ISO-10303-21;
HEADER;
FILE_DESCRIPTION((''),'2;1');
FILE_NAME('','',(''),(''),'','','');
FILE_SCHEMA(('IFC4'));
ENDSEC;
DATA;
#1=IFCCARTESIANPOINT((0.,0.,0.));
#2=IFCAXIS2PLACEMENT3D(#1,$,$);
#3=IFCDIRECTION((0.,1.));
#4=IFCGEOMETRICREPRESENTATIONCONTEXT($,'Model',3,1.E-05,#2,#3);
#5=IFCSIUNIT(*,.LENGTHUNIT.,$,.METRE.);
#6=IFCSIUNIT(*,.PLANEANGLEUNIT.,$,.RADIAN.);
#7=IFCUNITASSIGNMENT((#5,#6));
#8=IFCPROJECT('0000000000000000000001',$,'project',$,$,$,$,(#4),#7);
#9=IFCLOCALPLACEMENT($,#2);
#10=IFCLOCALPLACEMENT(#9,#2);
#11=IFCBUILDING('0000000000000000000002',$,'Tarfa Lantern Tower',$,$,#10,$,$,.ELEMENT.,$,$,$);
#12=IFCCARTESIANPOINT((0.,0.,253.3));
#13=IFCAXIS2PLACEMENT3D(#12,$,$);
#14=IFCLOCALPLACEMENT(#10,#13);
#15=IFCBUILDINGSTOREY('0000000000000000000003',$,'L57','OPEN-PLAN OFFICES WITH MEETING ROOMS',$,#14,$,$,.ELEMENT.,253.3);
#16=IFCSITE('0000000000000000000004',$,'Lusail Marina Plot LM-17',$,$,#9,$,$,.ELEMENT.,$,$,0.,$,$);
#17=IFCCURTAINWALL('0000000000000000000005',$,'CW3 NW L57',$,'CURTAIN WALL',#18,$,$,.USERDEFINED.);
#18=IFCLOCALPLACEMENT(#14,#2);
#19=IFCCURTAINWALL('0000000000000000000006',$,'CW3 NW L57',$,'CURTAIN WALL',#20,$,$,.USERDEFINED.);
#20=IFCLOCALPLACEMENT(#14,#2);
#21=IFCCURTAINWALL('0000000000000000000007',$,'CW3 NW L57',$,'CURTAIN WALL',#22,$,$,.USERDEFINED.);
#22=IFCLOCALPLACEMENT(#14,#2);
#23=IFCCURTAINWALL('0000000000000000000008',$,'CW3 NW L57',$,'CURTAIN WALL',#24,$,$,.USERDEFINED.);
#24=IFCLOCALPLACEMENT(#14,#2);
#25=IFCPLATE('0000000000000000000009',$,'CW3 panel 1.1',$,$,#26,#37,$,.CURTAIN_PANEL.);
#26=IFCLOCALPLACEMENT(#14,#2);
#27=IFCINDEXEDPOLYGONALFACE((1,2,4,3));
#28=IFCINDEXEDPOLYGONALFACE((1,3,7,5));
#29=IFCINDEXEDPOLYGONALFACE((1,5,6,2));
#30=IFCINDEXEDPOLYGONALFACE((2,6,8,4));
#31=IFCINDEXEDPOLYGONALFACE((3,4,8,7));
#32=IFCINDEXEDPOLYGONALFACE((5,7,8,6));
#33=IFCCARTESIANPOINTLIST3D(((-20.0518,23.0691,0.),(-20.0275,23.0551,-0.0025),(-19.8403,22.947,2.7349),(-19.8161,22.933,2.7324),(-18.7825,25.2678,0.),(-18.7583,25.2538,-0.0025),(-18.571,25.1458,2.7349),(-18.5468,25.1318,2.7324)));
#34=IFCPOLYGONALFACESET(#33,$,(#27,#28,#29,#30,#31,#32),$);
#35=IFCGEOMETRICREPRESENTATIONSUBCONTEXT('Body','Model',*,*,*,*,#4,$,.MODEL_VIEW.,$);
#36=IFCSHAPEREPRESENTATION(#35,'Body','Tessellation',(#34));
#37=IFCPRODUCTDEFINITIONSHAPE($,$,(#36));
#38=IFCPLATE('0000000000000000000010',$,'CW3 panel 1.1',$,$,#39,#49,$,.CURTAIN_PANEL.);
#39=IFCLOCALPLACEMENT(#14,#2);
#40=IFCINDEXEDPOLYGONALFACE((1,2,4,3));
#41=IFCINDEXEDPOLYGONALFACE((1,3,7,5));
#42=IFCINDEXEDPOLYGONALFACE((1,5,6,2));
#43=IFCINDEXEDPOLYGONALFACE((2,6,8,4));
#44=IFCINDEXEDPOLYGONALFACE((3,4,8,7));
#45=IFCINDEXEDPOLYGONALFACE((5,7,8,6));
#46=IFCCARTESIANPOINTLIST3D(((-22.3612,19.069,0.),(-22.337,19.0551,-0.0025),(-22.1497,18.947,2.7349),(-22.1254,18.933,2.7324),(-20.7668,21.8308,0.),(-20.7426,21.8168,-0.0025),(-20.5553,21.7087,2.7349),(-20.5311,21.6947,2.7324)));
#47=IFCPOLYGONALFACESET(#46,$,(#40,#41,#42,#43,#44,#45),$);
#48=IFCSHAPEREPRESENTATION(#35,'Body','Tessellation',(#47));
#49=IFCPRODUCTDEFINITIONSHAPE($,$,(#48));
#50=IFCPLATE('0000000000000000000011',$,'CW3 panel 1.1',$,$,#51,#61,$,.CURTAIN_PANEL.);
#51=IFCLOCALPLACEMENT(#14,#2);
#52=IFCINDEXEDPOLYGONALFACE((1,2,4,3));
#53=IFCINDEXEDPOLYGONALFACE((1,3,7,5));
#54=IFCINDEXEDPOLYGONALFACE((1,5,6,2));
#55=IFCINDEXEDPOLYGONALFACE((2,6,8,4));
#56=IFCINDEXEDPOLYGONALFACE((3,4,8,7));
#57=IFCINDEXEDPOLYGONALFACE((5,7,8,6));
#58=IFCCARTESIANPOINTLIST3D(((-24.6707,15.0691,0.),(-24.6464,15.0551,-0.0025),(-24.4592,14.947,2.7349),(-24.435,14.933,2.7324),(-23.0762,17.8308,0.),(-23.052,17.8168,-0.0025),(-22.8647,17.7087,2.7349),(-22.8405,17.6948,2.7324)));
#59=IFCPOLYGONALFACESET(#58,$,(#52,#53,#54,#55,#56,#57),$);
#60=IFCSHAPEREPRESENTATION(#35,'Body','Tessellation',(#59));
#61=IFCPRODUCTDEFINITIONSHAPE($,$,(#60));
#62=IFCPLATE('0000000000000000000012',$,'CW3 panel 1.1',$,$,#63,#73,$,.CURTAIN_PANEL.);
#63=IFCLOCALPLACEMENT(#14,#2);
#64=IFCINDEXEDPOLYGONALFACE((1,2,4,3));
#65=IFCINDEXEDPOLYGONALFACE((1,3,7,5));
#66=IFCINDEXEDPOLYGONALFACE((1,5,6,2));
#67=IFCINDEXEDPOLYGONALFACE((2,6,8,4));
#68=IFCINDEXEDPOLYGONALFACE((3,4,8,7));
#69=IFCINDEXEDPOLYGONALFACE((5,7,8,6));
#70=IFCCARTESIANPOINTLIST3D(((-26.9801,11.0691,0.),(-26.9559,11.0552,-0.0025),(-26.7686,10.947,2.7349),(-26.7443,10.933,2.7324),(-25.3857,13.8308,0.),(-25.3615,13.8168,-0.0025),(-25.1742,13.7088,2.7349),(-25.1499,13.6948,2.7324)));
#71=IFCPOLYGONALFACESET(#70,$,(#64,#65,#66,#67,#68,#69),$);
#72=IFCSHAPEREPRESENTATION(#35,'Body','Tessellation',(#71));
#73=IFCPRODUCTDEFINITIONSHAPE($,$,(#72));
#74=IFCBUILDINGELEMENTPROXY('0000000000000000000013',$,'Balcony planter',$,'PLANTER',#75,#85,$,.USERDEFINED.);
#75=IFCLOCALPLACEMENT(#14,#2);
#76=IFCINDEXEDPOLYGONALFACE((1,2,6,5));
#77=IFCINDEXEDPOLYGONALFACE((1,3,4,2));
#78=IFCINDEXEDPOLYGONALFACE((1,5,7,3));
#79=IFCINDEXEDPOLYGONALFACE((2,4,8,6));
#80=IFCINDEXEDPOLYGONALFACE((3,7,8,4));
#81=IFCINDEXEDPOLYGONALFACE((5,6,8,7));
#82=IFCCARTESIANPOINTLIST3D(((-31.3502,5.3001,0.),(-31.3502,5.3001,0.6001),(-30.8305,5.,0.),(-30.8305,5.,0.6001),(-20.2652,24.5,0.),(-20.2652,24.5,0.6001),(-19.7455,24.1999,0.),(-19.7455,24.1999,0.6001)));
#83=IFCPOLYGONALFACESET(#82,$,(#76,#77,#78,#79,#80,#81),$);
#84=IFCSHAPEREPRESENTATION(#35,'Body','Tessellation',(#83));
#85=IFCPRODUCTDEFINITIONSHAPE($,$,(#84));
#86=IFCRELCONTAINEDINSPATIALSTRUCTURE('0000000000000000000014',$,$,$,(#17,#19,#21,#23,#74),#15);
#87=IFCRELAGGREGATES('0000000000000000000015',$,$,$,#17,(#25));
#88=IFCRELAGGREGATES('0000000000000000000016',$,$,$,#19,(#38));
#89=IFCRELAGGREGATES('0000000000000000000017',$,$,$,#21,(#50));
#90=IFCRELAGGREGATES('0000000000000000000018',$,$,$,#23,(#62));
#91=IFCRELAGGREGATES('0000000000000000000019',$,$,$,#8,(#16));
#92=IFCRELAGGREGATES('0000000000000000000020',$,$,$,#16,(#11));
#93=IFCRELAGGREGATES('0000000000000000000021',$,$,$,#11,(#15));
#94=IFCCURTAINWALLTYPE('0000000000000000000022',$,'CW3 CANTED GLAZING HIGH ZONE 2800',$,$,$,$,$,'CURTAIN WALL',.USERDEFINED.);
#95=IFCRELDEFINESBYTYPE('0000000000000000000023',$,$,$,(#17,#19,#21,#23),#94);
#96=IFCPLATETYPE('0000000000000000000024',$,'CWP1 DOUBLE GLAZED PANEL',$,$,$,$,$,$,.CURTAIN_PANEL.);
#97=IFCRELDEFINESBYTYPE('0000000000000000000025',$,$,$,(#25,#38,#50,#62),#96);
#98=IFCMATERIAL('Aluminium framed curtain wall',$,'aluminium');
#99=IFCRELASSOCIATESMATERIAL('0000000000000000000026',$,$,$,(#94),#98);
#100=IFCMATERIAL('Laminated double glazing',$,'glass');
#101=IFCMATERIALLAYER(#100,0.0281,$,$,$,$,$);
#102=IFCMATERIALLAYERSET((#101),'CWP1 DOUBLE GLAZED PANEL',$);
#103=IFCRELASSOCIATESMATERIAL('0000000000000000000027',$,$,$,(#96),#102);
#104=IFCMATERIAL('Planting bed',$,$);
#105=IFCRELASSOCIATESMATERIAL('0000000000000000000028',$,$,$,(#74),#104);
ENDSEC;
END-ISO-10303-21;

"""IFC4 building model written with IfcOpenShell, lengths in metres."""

from ifc_helpers import new_model, si_unit, direction, frame, origin, origin_2d, place, context, subcontext, project, spatial, polyline, rectangle, outline, extrude, material, layer, layer_set, type_object, element, aggregate, save


model = new_model("IFC4")

# Units and contexts
model_context = context("Model", 3, precision=1e-05, world=origin(), true_north=direction((0.0, 1.0)))
body_context = subcontext(model_context, "Body", "Model", "MODEL_VIEW")
ifc_project = project(units=[si_unit("LENGTHUNIT", "METRE"), si_unit("PLANEANGLEUNIT", "RADIAN")], contexts=[model_context])

# Site, building, storey
site_placement = place(None, origin())
site = spatial("IfcSite", under=ifc_project, at=site_placement, Name="Lusail Marina Plot LM-17", CompositionType="ELEMENT", RefElevation=0.0)
building_placement = place(site_placement, origin())
building = spatial("IfcBuilding", under=site, at=building_placement, Name="Tarfa Lantern Tower", CompositionType="ELEMENT")
storey_placement = place(building_placement, frame((0.0, 0.0, 253.3)))
storey = spatial("IfcBuildingStorey", under=building, at=storey_placement, Name="L57", Description="OPEN-PLAN OFFICES WITH MEETING ROOMS", CompositionType="ELEMENT", Elevation=253.3)

# Curtain wall
ifc_material_1 = material(Name="Aluminium framed curtain wall", Category="aluminium")
curtain_wall_type = type_object("IfcCurtainWallType", Name="CW3 CANTED GLAZING HIGH ZONE 2800", ElementType="CURTAIN WALL", PredefinedType="USERDEFINED", material=ifc_material_1)
curtain_wall_1_placement = place(storey_placement, origin())
curtain_wall_1 = element("IfcCurtainWall", 1, at=curtain_wall_1_placement, inside=storey, type_object=curtain_wall_type, Name="CW3 NW L57", ObjectType="CURTAIN WALL", PredefinedType="USERDEFINED")

# Curtain walls
curtain_wall_2_placement = place(storey_placement, origin())
curtain_wall_2 = element("IfcCurtainWall", 2, at=curtain_wall_2_placement, inside=storey, type_object=curtain_wall_type, Name="CW3 NW L57", ObjectType="CURTAIN WALL", PredefinedType="USERDEFINED")
curtain_wall_3_placement = place(storey_placement, origin())
curtain_wall_3 = element("IfcCurtainWall", 3, at=curtain_wall_3_placement, inside=storey, type_object=curtain_wall_type, Name="CW3 NW L57", ObjectType="CURTAIN WALL", PredefinedType="USERDEFINED")

# Curtain wall
curtain_wall_4_placement = place(storey_placement, origin())
curtain_wall_4 = element("IfcCurtainWall", 4, at=curtain_wall_4_placement, inside=storey, type_object=curtain_wall_type, Name="CW3 NW L57", ObjectType="CURTAIN WALL", PredefinedType="USERDEFINED")

# Plates
ifc_material_2 = material(Name="Laminated double glazing", Category="glass")
ifc_layer = layer(ifc_material_2, 0.0281)
ifc_layer_set = layer_set([ifc_layer], Name="CWP1 DOUBLE GLAZED PANEL")
plate_type = type_object("IfcPlateType", Name="CWP1 DOUBLE GLAZED PANEL", PredefinedType="CURTAIN_PANEL", material=ifc_layer_set)
plate_1_placement = place(storey_placement, frame((-18.7825, 25.2678, 0.0), z_axis=(-0.862621, 0.497975, 0.088914), x_axis=(-0.499956, -0.866051, 0.0)))
plate_1 = element("IfcPlate", 5, at=plate_1_placement, type_object=plate_type, Name="CW3 panel 1.1", PredefinedType="CURTAIN_PANEL", context=body_context, shape_type="SweptSolid", body=[
    extrude(outline(polyline([(0.0, 0.0), (2.5388, 0.0), (2.5388, 2.7457), (0.0, 2.7457), (0.0, 0.0)])), origin(), (0.0, 0.0, -1.0), 0.0281),
])
aggregate(curtain_wall_1, [plate_1])
plate_2_placement = place(storey_placement, frame((-20.7668, 21.8308, 0.0), z_axis=(-0.862608, 0.49799, 0.088952), x_axis=(-0.499972, -0.866041, -0.000003)))
plate_2 = element("IfcPlate", 6, at=plate_2_placement, type_object=plate_type, Name="CW3 panel 1.1", PredefinedType="CURTAIN_PANEL", context=body_context, shape_type="SweptSolid", body=[
    extrude(outline(polyline([(0.0, 0.0), (3.189, 0.0), (3.1888, 2.7458), (0.0, 2.7457), (0.0, 0.0)])), origin(), (0.0, 0.0, -1.0), 0.0281),
])
aggregate(curtain_wall_2, [plate_2])
plate_3_placement = place(storey_placement, frame((-23.0762, 17.8308, 0.0), z_axis=(-0.862595, 0.49802, 0.088914), x_axis=(-0.500001, -0.866025, 0.0)))
plate_3 = element("IfcPlate", 7, at=plate_3_placement, type_object=plate_type, Name="CW3 panel 1.1", PredefinedType="CURTAIN_PANEL", context=body_context, shape_type="SweptSolid", body=[
    extrude(outline(polyline([(0.0, 0.0), (3.189, 0.0), (3.189, 2.7457), (0.0, 2.7457), (0.0, 0.0)])), origin(), (0.0, 0.0, -1.0), 0.0281),
])
aggregate(curtain_wall_3, [plate_3])
plate_4_placement = place(storey_placement, frame((-25.3857, 13.8308, 0.0), z_axis=(-0.862608, 0.49799, 0.088952), x_axis=(-0.499972, -0.866042, 0.000003)))
plate_4 = element("IfcPlate", 8, at=plate_4_placement, type_object=plate_type, Name="CW3 panel 1.1", PredefinedType="CURTAIN_PANEL", context=body_context, shape_type="SweptSolid", body=[
    extrude(outline(polyline([(0.0, 0.0), (3.1888, 0.0), (3.1889, 2.7457), (-0.0001, 2.7458), (0.0, 0.0)])), origin(), (0.0, 0.0, -1.0), 0.0281),
])
aggregate(curtain_wall_4, [plate_4])

# Building element proxy
ifc_material_3 = material(Name="Planting bed")
proxy_placement = place(storey_placement, frame((-25.5479, 14.75, 0.0), z_axis=(0.0, 0.0, 1.0), x_axis=(-0.5, -0.866025, 0.0)))
element("IfcBuildingElementProxy", 9, at=proxy_placement, inside=storey, material=ifc_material_3, Name="Balcony planter", ObjectType="PLANTER", PredefinedType="USERDEFINED", context=body_context, shape_type="SweptSolid", body=[
    extrude(rectangle(XDim=22.1702, YDim=0.6001, at=origin_2d()), origin(), (0.0, 0.0, 1.0), 0.6001),
])

save(model, "model.ifc")
